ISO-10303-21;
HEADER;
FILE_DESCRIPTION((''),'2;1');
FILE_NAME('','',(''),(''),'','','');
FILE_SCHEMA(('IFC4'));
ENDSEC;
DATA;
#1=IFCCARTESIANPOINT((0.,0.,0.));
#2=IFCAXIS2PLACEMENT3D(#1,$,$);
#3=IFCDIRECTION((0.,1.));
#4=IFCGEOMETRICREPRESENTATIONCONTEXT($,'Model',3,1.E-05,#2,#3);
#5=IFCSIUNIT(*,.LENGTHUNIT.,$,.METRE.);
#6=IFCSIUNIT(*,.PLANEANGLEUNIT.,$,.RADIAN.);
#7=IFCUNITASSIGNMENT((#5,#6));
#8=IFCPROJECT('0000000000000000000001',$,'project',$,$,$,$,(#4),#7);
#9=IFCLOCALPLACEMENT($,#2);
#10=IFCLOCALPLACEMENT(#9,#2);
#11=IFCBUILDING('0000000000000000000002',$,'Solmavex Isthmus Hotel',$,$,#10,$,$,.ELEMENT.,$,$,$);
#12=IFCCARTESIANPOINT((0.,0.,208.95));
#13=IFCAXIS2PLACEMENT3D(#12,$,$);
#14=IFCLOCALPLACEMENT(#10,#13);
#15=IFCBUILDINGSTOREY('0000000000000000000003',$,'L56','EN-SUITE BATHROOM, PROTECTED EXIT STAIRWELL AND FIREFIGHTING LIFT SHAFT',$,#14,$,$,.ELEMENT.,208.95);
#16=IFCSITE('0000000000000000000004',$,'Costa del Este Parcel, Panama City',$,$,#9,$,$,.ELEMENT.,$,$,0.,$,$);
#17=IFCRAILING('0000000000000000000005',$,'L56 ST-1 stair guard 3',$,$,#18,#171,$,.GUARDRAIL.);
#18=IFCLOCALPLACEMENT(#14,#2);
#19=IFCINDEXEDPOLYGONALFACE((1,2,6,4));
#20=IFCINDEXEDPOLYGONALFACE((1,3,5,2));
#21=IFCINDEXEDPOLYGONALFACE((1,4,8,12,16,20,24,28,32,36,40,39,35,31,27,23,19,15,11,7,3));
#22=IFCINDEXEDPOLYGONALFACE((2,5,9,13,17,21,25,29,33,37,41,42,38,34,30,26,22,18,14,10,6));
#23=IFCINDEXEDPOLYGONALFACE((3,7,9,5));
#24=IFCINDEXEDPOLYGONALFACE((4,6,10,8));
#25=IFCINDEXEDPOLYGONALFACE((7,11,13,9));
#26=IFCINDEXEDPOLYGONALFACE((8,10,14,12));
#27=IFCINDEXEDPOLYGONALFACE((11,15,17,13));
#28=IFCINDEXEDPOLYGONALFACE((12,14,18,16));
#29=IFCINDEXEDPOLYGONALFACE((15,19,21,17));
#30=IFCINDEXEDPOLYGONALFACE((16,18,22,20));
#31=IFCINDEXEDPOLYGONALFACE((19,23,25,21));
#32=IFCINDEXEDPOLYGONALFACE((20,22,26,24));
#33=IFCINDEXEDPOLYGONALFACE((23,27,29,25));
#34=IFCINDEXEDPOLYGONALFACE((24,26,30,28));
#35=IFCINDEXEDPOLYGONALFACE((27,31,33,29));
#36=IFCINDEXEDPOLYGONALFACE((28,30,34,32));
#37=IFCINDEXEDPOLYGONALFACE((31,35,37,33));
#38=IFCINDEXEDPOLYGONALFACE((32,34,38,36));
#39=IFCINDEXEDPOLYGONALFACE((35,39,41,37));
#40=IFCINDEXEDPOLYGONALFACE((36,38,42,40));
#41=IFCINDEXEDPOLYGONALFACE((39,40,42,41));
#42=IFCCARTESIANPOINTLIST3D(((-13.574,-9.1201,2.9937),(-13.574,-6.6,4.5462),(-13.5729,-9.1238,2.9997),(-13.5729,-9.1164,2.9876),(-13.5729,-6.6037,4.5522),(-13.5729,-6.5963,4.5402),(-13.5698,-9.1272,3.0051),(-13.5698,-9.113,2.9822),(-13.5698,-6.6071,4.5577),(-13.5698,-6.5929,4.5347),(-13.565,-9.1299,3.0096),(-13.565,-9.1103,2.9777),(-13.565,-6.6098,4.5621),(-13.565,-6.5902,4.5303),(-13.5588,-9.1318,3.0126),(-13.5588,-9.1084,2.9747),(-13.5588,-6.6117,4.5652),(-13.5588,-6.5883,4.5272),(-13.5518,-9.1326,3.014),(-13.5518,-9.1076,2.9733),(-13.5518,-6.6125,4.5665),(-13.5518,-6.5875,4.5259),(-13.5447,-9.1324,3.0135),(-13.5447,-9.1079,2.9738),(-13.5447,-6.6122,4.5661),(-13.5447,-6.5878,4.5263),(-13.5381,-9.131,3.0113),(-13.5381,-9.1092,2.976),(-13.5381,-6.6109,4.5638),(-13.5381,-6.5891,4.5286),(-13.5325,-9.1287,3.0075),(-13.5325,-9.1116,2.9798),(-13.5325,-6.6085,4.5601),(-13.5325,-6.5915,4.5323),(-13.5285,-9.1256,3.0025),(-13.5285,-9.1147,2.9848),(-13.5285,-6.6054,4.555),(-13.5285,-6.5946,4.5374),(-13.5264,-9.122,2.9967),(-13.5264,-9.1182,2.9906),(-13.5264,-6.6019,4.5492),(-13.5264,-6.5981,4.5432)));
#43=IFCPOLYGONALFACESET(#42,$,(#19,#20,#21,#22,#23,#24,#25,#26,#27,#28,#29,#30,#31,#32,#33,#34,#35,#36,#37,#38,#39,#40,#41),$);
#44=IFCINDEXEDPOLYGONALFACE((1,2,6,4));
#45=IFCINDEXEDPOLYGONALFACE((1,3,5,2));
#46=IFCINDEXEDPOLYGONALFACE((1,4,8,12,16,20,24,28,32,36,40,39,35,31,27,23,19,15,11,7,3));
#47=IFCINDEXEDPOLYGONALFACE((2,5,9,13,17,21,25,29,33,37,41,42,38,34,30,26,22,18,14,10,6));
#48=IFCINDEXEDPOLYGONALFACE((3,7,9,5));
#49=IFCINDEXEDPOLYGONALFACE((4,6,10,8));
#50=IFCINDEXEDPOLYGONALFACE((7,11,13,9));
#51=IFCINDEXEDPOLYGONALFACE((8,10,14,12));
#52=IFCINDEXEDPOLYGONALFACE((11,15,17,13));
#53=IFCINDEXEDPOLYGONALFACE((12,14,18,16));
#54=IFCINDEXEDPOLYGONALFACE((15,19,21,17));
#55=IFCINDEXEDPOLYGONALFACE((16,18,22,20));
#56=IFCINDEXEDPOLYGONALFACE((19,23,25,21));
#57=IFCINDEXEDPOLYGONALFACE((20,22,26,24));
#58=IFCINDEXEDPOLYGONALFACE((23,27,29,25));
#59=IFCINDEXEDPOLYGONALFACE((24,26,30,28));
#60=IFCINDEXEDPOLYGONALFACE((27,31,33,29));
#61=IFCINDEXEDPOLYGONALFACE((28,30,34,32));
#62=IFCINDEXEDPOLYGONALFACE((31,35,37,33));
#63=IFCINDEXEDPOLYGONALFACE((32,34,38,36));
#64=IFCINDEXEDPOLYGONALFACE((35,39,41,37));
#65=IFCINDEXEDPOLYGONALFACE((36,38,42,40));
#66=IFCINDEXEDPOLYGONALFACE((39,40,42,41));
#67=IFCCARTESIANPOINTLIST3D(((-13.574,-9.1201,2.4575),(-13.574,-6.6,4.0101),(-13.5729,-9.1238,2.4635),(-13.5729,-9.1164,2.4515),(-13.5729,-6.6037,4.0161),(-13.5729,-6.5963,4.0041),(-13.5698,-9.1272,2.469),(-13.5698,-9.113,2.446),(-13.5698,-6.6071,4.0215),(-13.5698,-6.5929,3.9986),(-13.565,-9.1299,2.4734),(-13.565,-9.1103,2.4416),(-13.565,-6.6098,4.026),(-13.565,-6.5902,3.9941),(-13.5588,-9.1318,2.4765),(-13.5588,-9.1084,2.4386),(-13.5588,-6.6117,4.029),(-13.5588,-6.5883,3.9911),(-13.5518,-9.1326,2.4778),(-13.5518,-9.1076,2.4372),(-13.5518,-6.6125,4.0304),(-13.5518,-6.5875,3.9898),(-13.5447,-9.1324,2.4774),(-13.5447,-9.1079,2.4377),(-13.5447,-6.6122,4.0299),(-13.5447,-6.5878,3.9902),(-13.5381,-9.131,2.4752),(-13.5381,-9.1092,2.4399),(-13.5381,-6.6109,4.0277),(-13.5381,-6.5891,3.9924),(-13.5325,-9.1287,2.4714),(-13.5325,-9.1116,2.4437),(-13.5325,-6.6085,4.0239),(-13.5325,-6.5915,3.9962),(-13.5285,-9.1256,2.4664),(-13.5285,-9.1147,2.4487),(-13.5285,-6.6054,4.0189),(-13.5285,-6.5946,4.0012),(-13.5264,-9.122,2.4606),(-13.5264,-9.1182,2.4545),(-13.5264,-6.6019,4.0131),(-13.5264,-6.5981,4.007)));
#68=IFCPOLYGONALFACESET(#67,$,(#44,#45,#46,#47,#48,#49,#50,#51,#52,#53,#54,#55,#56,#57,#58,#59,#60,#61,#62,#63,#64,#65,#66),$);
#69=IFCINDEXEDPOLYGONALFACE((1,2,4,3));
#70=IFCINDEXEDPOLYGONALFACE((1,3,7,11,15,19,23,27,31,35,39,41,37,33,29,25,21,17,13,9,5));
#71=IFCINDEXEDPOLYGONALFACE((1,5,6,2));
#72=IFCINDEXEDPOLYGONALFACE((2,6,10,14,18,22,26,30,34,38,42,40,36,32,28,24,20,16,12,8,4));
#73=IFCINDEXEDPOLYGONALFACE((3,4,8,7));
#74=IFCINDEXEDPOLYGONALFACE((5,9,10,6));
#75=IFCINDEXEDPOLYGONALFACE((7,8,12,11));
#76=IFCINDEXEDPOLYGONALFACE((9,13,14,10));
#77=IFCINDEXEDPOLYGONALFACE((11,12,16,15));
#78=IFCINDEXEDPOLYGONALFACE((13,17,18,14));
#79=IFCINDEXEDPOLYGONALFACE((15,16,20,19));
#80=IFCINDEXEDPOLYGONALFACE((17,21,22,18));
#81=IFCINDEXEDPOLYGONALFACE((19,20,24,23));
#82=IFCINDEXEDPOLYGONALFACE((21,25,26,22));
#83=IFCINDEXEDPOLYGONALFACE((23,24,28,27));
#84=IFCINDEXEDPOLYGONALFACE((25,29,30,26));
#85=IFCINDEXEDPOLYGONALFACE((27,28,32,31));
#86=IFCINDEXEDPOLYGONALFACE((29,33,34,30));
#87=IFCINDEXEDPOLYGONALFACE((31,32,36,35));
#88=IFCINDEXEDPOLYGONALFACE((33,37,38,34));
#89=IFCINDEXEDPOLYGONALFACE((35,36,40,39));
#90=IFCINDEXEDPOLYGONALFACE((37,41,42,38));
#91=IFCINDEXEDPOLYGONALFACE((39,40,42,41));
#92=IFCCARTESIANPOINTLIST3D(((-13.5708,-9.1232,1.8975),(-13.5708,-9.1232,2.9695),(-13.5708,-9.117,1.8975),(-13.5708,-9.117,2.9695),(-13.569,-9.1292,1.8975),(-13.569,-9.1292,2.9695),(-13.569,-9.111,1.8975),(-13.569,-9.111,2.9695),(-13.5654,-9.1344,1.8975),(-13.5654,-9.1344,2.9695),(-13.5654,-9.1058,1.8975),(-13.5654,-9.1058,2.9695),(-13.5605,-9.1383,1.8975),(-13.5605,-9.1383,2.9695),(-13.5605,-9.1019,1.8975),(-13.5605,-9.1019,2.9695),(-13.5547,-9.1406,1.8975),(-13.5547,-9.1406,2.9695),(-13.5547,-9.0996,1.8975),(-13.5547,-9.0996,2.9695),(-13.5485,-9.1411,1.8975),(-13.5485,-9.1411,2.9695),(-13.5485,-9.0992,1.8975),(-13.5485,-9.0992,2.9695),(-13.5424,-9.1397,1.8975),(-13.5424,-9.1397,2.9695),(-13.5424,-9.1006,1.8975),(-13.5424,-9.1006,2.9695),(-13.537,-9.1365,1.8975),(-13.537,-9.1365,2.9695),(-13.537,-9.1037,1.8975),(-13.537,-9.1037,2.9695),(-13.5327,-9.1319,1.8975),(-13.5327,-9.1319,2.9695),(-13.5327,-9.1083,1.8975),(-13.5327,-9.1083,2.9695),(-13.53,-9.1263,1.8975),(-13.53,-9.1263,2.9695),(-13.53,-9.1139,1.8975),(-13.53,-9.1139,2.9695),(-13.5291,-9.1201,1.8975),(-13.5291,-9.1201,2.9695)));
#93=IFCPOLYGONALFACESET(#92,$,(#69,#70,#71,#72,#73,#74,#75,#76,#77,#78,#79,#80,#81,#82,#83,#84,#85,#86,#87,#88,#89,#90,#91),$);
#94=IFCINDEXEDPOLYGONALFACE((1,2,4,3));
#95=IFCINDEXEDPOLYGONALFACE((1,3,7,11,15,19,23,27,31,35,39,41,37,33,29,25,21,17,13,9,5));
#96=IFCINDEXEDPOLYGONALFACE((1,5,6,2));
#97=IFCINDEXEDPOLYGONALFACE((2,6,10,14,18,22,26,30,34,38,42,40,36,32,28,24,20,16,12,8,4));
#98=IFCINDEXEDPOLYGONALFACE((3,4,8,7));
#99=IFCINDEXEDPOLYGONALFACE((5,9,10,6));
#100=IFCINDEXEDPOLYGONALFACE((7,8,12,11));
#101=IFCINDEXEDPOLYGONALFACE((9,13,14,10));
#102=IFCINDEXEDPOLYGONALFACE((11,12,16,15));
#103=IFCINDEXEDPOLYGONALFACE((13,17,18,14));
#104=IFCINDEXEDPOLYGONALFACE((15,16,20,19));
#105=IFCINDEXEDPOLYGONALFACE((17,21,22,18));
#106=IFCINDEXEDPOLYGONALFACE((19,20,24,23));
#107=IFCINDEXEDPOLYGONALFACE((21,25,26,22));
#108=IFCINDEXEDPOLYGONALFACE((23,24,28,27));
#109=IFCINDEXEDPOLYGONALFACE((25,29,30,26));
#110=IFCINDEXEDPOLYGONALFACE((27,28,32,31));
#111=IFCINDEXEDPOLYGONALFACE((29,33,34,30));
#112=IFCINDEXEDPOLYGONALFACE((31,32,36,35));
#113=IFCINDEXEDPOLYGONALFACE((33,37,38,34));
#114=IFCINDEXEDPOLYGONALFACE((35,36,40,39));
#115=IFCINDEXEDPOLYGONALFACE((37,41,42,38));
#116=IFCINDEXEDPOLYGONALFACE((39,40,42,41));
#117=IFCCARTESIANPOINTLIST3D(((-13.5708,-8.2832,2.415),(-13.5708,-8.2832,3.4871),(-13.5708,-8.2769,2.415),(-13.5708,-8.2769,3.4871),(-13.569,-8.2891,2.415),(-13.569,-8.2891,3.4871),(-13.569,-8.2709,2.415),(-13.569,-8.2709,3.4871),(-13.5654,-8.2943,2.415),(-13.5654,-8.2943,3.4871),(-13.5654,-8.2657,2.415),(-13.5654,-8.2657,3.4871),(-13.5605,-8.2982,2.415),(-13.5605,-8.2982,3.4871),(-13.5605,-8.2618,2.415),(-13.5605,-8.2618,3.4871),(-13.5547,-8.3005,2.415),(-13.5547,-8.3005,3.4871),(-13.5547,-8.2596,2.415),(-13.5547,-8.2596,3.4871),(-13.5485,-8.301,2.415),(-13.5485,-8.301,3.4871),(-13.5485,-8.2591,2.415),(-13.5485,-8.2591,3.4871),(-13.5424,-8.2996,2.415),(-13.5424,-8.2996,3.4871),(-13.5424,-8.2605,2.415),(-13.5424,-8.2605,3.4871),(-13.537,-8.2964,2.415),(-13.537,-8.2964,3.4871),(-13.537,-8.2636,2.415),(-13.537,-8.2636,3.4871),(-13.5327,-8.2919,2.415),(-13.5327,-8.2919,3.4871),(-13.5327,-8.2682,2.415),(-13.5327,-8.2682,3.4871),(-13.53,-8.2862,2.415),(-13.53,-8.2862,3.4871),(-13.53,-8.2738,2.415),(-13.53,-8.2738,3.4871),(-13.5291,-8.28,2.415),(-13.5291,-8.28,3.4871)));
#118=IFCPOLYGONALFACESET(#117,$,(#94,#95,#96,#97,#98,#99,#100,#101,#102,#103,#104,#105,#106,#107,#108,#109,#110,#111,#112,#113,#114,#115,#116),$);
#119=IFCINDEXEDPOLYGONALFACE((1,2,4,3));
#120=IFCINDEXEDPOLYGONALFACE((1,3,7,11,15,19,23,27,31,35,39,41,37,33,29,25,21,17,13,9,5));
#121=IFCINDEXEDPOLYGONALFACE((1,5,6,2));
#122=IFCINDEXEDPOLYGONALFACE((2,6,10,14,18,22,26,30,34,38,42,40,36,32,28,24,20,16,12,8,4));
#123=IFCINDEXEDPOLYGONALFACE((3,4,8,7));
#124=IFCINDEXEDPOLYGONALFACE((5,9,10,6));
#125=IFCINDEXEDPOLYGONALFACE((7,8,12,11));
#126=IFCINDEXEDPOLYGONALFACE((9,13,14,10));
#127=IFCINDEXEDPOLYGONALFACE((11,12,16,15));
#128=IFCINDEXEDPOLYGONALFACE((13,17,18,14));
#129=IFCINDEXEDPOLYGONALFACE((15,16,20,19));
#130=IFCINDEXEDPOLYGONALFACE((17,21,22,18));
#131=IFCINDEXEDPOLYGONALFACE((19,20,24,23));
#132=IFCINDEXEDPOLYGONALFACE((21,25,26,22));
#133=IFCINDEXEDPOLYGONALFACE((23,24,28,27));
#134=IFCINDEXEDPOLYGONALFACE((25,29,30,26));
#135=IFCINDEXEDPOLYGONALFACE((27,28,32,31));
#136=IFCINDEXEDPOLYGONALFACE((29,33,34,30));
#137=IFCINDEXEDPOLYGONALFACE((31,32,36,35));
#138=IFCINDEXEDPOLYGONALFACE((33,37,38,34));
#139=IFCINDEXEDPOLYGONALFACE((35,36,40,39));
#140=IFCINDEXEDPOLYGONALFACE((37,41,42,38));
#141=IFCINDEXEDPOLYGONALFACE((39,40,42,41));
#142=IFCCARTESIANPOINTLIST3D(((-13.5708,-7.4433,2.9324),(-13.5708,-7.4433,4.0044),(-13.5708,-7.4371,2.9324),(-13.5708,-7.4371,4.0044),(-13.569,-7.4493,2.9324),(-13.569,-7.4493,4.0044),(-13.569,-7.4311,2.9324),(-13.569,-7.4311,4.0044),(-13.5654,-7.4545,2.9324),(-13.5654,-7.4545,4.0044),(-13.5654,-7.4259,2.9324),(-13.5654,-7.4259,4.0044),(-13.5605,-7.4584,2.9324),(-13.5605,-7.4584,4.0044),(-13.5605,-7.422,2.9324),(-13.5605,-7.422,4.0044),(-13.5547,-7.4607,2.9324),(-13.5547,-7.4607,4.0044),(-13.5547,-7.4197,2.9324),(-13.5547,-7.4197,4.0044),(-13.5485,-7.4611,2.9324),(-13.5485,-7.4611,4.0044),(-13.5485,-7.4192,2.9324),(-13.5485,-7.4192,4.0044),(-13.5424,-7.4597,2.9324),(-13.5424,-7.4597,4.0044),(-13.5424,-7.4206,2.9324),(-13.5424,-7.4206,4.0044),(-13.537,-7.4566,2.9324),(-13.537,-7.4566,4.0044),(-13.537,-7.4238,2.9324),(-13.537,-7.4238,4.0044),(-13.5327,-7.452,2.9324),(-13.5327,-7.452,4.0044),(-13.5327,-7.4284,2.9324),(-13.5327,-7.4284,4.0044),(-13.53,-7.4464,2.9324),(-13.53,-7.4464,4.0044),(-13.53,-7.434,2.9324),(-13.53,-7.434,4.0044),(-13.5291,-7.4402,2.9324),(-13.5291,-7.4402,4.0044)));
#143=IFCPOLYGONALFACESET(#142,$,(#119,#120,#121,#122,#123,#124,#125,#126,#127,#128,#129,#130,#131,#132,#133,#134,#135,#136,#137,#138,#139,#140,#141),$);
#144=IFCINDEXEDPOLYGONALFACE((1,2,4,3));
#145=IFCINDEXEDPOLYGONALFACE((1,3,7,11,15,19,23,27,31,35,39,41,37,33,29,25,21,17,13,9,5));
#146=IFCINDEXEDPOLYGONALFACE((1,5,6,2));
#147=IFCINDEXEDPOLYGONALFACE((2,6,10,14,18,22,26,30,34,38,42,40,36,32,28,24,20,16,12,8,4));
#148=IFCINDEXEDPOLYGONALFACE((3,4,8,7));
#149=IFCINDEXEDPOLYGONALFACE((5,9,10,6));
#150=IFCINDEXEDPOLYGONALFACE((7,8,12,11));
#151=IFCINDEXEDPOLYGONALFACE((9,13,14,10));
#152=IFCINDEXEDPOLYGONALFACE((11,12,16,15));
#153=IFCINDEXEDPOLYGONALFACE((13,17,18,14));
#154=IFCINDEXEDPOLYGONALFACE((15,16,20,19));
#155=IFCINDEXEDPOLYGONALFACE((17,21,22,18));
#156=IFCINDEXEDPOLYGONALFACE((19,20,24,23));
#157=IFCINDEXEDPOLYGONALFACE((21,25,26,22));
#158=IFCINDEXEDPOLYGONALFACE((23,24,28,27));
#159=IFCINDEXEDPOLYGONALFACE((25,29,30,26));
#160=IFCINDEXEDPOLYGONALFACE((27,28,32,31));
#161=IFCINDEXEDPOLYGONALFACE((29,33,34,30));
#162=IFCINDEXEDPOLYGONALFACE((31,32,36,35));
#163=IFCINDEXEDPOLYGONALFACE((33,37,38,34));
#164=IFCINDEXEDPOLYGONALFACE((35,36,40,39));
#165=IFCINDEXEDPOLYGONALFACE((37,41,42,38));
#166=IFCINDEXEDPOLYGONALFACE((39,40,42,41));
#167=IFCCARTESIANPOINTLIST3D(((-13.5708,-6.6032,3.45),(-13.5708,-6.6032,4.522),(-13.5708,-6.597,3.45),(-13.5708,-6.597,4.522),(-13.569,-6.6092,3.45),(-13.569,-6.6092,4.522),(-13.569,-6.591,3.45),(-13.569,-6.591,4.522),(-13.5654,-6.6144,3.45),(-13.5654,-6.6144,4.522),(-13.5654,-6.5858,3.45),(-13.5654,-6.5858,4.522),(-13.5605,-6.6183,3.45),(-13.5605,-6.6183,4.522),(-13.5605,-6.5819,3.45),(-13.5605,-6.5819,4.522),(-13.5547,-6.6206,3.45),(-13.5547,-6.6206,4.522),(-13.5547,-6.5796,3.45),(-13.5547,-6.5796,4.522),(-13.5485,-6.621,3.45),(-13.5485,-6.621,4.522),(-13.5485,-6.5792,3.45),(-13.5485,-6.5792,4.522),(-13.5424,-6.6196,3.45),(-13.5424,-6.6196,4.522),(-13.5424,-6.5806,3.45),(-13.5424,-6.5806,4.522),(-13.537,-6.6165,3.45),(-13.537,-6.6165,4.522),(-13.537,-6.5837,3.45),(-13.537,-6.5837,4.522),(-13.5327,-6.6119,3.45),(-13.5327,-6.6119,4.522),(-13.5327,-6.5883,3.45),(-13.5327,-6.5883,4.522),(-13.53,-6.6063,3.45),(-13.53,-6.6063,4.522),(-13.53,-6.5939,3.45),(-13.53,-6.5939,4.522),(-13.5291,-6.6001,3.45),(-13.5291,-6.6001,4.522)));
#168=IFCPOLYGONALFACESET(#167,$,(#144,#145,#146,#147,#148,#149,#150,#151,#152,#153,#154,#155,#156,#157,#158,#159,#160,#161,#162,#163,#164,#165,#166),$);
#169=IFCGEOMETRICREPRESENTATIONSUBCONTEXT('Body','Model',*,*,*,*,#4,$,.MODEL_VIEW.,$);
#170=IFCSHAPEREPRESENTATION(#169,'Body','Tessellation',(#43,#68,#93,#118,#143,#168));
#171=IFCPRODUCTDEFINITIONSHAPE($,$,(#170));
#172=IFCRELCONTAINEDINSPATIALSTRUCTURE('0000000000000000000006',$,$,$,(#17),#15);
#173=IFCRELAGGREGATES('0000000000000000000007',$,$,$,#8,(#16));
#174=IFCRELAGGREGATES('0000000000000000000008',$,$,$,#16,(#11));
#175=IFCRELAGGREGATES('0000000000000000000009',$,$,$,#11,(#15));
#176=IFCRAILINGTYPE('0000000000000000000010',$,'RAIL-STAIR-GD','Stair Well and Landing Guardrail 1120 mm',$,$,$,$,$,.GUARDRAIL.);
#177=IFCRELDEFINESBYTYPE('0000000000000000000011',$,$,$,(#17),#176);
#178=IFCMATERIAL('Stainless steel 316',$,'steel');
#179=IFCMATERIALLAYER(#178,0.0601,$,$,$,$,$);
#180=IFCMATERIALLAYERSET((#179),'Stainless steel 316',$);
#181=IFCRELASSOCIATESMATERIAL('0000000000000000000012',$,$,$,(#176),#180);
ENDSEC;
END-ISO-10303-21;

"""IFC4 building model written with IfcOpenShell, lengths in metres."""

from ifc_helpers import new_model, si_unit, direction, frame, origin, origin_2d, place, context, subcontext, project, spatial, circle, extrude, material, layer, layer_set, type_object, element, save


model = new_model("IFC4")

# Units and contexts
model_context = context("Model", 3, precision=1e-05, world=origin(), true_north=direction((0.0, 1.0)))
body_context = subcontext(model_context, "Body", "Model", "MODEL_VIEW")
ifc_project = project(units=[si_unit("LENGTHUNIT", "METRE"), si_unit("PLANEANGLEUNIT", "RADIAN")], contexts=[model_context])

# Site, building, storey
site_placement = place(None, origin())
site = spatial("IfcSite", under=ifc_project, at=site_placement, Name="Costa del Este Parcel, Panama City", CompositionType="ELEMENT", RefElevation=0.0)
building_placement = place(site_placement, origin())
building = spatial("IfcBuilding", under=site, at=building_placement, Name="Solmavex Isthmus Hotel", CompositionType="ELEMENT")
storey_placement = place(building_placement, frame((0.0, 0.0, 208.95)))
storey = spatial("IfcBuildingStorey", under=building, at=storey_placement, Name="L56", Description="EN-SUITE BATHROOM, PROTECTED EXIT STAIRWELL AND FIREFIGHTING LIFT SHAFT", CompositionType="ELEMENT", Elevation=208.95)

# Railing
ifc_material_1 = material(Name="Stainless steel 316", Category="steel")
ifc_layer_1 = layer(ifc_material_1, 0.0601)
ifc_layer_set_1 = layer_set([ifc_layer_1], Name="Stainless steel 316")
railing_type_1 = type_object("IfcRailingType", Name="RAIL-STAIR-GD", Description="Stair Well and Landing Guardrail 1120 mm", PredefinedType="GUARDRAIL", material=ifc_layer_set_1)
railing_1_placement = place(storey_placement, frame((-13.55, -9.1201, 1.8975)))
element("IfcRailing", 1, at=railing_1_placement, inside=storey, type_object=railing_type_1, Name="L56 ST-1 stair guard 3", PredefinedType="GUARDRAIL", context=body_context, shape_type="SweptSolid", body=[
    extrude(circle(Radius=0.0239, at=origin_2d()), frame((0.0, 0.0, 1.0962), z_axis=(0.0, 0.8514, 0.524516), x_axis=(-1.0, 0.0, 0.0)), (0.0, 0.0, 1.0), 2.96),
    extrude(circle(Radius=0.0239, at=origin_2d()), frame((0.0, 0.0, 0.5601), z_axis=(0.0, 0.8514, 0.524516), x_axis=(-1.0, 0.0, 0.0)), (0.0, 0.0, 1.0), 2.96),
    extrude(circle(Radius=0.021, at=origin_2d()), origin(), (0.0, 0.0, 1.0), 1.072),
    extrude(circle(Radius=0.021, at=origin_2d()), frame((0.0, 0.8401, 0.5176)), (0.0, 0.0, 1.0), 1.072),
    extrude(circle(Radius=0.021, at=origin_2d()), frame((0.0, 1.6799, 1.0349)), (0.0, 0.0, 1.0), 1.072),
    extrude(circle(Radius=0.021, at=origin_2d()), frame((0.0, 2.52, 1.5525)), (0.0, 0.0, 1.0), 1.072),
])

save(model, "model.ifc")
